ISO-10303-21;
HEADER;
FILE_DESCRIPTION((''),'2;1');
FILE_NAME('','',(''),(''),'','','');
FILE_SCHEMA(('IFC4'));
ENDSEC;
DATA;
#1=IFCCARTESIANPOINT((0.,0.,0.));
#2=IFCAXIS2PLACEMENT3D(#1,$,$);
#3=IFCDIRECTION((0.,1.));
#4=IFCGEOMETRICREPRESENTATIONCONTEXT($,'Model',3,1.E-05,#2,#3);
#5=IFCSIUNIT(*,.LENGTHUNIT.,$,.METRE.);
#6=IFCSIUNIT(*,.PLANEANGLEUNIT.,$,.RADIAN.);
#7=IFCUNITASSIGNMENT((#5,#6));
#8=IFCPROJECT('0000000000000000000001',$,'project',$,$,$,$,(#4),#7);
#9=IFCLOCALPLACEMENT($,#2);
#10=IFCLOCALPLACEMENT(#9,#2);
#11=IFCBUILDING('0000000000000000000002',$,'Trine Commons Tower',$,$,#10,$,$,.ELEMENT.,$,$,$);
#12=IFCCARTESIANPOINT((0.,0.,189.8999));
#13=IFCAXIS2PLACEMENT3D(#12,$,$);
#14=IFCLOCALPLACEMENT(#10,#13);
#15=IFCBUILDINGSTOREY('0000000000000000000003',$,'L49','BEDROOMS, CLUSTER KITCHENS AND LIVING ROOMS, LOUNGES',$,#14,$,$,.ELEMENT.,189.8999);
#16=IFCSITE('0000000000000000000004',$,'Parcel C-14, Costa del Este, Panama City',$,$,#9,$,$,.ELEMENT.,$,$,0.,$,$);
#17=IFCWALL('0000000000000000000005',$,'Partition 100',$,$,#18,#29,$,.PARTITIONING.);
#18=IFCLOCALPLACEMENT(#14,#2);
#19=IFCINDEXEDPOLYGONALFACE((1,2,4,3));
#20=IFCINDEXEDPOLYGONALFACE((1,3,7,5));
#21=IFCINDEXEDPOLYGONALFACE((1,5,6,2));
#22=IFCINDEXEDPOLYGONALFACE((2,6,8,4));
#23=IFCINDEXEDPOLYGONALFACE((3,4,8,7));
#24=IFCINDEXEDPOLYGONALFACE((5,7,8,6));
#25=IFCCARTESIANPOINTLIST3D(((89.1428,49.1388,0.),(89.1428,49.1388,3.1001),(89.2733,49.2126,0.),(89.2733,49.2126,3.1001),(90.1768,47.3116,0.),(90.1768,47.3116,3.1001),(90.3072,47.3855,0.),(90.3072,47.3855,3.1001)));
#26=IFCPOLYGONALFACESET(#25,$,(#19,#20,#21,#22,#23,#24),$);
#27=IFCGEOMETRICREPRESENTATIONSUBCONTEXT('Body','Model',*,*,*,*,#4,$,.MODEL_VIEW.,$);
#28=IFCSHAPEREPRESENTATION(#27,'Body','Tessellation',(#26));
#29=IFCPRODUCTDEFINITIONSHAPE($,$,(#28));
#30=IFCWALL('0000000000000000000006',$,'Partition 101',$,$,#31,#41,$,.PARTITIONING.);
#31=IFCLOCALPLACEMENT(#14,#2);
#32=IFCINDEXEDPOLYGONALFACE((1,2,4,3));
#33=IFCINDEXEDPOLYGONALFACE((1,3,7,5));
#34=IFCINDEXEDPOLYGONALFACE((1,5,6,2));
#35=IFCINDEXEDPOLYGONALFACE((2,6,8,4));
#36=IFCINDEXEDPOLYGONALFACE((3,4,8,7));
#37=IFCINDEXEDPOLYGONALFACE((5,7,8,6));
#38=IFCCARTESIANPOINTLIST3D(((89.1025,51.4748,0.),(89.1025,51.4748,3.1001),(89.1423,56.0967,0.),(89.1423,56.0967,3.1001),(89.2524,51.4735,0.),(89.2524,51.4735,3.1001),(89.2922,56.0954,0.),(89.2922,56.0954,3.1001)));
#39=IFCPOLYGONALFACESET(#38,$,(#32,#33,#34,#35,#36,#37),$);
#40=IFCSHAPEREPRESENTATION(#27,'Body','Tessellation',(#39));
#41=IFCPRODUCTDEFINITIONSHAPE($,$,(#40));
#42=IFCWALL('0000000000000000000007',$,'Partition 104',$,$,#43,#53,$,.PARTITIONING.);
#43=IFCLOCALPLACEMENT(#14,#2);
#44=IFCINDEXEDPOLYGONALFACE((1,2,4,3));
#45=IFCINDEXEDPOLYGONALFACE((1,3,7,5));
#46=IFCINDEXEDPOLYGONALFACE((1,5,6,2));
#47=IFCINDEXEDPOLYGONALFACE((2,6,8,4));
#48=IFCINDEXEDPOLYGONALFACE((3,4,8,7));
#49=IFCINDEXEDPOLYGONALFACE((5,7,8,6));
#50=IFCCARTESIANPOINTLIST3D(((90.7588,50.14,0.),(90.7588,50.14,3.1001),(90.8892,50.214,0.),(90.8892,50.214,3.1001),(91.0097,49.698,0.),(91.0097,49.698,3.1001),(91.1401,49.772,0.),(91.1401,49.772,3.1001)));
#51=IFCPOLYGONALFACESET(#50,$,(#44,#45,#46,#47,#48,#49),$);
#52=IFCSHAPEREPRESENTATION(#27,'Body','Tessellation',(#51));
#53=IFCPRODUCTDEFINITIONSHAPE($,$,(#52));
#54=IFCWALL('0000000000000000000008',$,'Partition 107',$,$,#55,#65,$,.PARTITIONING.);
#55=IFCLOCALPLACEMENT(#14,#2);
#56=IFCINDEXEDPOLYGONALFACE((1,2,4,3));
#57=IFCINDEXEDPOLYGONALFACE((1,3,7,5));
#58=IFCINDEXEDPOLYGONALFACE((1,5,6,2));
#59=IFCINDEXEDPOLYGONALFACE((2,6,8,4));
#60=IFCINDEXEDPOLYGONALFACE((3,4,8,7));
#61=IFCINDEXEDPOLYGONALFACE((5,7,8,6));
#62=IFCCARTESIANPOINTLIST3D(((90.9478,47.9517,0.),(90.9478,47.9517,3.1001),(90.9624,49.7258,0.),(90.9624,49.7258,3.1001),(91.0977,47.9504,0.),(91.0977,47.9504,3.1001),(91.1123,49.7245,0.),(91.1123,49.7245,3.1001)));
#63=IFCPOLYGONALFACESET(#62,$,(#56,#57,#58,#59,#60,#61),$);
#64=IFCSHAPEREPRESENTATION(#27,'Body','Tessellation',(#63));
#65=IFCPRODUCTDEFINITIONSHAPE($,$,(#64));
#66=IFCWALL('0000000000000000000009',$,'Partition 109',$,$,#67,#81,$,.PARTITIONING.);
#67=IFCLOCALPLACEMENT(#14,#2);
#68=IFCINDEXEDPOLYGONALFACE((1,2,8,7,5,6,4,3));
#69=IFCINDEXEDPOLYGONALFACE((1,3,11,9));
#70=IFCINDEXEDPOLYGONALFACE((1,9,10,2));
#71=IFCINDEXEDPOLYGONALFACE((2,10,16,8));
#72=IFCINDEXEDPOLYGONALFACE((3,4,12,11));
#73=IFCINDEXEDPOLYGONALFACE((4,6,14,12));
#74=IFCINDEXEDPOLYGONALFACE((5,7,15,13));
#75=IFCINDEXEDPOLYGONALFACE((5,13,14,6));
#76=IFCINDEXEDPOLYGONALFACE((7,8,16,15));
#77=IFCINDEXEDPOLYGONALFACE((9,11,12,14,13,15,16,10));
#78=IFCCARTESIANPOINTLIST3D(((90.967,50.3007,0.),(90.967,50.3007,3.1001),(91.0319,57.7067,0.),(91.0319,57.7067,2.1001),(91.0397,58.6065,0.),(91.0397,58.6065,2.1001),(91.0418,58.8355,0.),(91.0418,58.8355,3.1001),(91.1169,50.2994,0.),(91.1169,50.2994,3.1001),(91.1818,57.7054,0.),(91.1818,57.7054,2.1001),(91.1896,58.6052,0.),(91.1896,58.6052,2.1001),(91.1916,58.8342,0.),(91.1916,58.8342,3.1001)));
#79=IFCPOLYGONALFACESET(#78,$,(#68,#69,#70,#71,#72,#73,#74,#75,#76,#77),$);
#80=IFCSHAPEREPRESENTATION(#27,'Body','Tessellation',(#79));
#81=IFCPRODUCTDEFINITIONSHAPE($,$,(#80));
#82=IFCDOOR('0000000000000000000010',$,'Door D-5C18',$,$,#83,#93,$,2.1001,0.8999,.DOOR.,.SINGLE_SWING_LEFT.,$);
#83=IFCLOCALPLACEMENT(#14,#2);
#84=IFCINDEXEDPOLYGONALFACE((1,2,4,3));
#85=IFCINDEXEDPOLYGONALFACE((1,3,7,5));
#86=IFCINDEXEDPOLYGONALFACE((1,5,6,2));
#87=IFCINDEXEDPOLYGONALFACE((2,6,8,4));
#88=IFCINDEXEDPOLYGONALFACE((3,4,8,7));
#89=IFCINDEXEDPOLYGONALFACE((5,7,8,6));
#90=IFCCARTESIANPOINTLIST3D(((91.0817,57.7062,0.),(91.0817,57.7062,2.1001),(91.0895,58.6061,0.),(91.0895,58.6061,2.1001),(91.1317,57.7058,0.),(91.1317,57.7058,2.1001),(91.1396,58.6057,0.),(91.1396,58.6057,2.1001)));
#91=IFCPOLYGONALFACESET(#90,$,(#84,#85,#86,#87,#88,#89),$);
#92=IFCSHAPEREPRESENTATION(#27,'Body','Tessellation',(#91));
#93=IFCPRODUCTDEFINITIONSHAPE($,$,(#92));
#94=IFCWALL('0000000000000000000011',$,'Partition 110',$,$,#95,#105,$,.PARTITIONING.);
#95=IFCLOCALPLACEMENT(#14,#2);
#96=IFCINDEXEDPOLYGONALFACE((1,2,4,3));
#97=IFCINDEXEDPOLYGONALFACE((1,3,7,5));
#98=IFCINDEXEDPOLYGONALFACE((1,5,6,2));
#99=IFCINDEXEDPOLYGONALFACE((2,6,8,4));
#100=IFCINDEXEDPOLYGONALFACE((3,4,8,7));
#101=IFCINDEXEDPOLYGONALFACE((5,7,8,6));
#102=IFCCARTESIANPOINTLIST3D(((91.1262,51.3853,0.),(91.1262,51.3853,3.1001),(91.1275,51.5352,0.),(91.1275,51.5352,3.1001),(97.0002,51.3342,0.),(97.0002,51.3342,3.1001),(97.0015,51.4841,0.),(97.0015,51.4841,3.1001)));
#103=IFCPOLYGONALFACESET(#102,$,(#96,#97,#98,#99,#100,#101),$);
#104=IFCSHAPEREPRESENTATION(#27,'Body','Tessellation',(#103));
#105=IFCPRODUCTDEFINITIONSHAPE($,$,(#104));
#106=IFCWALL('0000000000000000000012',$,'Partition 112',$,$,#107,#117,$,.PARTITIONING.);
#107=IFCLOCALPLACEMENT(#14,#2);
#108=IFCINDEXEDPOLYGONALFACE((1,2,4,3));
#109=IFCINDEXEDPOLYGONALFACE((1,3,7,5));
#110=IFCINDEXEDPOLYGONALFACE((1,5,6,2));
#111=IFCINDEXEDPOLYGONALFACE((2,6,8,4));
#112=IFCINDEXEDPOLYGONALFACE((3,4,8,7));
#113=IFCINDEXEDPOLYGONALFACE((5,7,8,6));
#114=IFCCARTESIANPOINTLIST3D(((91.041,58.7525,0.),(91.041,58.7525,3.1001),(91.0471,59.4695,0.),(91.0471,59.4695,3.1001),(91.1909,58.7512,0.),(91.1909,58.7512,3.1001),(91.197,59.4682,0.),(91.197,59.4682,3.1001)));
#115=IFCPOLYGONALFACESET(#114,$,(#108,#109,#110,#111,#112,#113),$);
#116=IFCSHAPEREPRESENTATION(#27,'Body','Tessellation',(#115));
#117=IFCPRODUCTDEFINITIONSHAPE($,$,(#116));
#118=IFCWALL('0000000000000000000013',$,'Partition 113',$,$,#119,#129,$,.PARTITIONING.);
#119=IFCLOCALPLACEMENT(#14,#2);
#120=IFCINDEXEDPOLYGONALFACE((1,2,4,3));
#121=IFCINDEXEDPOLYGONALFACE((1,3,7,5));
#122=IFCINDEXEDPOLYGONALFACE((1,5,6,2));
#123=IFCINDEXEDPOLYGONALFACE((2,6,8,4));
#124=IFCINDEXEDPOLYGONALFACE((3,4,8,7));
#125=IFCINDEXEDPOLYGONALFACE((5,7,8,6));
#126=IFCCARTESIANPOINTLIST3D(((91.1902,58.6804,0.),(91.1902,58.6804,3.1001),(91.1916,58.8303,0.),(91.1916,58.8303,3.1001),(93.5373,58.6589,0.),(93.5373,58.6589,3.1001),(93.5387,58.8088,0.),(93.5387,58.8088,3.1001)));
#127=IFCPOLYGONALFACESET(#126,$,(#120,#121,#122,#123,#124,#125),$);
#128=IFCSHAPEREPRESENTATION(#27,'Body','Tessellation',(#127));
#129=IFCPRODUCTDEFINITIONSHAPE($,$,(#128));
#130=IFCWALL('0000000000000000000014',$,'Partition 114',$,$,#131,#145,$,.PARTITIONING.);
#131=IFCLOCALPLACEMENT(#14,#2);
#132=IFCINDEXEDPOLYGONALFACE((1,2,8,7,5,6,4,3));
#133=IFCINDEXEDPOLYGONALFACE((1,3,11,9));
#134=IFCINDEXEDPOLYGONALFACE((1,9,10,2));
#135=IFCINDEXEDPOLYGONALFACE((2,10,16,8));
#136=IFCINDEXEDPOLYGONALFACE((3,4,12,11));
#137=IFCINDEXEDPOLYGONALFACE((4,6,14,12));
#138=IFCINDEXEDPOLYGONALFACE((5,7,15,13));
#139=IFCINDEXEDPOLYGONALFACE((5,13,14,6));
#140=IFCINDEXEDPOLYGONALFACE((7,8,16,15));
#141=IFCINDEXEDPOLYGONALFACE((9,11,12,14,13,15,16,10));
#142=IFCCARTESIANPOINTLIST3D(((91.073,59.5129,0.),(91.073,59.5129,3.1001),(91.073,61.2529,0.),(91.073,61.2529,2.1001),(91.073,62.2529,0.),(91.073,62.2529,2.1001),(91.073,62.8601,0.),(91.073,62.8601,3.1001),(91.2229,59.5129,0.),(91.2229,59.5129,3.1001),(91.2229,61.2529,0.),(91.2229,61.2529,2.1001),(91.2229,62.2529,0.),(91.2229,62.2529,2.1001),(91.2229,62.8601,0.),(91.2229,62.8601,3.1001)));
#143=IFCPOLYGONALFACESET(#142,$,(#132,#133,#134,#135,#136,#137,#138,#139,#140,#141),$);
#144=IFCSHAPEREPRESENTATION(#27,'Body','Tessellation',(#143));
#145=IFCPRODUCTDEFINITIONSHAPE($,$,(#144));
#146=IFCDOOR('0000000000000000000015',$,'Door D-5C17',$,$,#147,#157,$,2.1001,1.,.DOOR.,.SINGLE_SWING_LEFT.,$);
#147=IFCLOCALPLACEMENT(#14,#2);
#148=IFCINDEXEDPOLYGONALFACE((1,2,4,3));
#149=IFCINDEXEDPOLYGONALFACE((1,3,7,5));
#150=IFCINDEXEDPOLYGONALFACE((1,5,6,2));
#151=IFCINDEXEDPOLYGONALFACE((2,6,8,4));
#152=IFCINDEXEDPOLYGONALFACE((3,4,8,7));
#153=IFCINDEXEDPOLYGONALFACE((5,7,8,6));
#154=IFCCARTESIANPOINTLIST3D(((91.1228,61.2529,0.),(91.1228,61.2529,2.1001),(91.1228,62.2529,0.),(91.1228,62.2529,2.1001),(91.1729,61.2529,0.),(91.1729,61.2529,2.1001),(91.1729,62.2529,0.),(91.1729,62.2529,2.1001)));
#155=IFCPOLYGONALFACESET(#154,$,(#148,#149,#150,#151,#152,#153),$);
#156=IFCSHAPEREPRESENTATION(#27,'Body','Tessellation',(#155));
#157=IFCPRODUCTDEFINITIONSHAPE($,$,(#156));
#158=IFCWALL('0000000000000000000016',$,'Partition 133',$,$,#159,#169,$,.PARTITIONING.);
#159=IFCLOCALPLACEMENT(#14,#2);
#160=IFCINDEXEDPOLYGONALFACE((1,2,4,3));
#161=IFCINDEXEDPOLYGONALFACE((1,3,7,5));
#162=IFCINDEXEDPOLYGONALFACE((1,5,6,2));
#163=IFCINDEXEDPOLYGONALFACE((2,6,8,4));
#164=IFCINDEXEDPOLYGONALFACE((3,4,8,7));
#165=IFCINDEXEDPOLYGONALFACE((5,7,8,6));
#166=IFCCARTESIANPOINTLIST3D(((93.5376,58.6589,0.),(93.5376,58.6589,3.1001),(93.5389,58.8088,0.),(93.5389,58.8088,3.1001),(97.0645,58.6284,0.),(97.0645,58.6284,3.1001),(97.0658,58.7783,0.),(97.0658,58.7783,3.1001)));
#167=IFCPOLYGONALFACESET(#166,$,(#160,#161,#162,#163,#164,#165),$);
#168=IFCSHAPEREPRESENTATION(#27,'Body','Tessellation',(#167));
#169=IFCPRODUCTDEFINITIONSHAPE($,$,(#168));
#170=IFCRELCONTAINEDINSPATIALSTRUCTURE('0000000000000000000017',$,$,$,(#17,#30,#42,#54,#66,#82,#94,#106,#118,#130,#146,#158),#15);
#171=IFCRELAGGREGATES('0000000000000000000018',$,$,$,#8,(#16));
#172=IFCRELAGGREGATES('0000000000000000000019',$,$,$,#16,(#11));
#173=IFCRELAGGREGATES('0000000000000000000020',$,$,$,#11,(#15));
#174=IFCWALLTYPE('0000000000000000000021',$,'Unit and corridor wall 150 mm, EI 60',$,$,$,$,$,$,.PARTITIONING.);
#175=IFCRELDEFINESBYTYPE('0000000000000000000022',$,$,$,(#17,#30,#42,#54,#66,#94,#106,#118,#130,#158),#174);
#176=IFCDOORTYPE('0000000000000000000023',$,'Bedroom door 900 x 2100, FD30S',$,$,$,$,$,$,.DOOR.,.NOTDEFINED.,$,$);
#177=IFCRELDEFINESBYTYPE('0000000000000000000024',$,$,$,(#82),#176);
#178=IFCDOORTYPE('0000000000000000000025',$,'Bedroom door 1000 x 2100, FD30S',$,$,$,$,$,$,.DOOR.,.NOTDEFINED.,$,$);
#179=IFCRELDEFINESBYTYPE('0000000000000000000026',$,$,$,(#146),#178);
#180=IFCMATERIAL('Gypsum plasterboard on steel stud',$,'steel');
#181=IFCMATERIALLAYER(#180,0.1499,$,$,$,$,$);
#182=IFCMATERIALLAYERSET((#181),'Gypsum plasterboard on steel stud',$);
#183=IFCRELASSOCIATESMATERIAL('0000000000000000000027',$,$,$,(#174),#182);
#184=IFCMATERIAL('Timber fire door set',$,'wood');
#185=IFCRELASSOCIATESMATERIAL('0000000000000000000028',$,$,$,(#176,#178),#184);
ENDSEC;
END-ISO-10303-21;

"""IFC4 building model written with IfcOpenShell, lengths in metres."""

from ifc_helpers import new_model, si_unit, direction, frame, frame_2d, origin, place, context, subcontext, project, spatial, rectangle, extrude, material, layer, layer_set, type_object, element, fill, save


model = new_model("IFC4")

# Units and contexts
model_context = context("Model", 3, precision=1e-05, world=origin(), true_north=direction((0.0, 1.0)))
body_context = subcontext(model_context, "Body", "Model", "MODEL_VIEW")
ifc_project = project(units=[si_unit("LENGTHUNIT", "METRE"), si_unit("PLANEANGLEUNIT", "RADIAN")], contexts=[model_context])

# Site, building, storey
site_placement = place(None, origin())
site = spatial("IfcSite", under=ifc_project, at=site_placement, Name="Parcel C-14, Costa del Este, Panama City", CompositionType="ELEMENT", RefElevation=0.0)
building_placement = place(site_placement, origin())
building = spatial("IfcBuilding", under=site, at=building_placement, Name="Trine Commons Tower", CompositionType="ELEMENT")
storey_placement = place(building_placement, frame((0.0, 0.0, 189.8999)))
storey = spatial("IfcBuildingStorey", under=building, at=storey_placement, Name="L49", Description="BEDROOMS, CLUSTER KITCHENS AND LIVING ROOMS, LOUNGES", CompositionType="ELEMENT", Elevation=189.8999)

# Shared definitions
ifc_material_1 = material(Name="Gypsum plasterboard on steel stud", Category="steel")
ifc_layer_1 = layer(ifc_material_1, 0.1499)
ifc_layer_set_1 = layer_set([ifc_layer_1], Name="Gypsum plasterboard on steel stud")
wall_type_1 = type_object("IfcWallType", Name="Unit and corridor wall 150 mm, EI 60", PredefinedType="PARTITIONING", material=ifc_layer_set_1)

# Walls
wall_1_placement = place(storey_placement, frame((89.208, 49.1758, 0.0), z_axis=(0.0, 0.0, 1.0), x_axis=(0.49249, -0.870318, 0.0)))
element("IfcWall", 1, at=wall_1_placement, inside=storey, type_object=wall_type_1, Name="Partition 100", PredefinedType="PARTITIONING", context=body_context, shape_type="SweptSolid", body=[
    extrude(rectangle(XDim=2.0994, YDim=0.1499, at=frame_2d((1.0498, 0.0))), origin(), (0.0, 0.0, 1.0), 3.1001),
])
wall_2_placement = place(storey_placement, frame((89.1775, 51.4741, 0.0), z_axis=(0.0, 0.0, 1.0), x_axis=(0.00861, 0.999963, 0.0)))
element("IfcWall", 2, at=wall_2_placement, inside=storey, type_object=wall_type_1, Name="Partition 101", PredefinedType="PARTITIONING", context=body_context, shape_type="SweptSolid", body=[
    extrude(rectangle(XDim=4.6221, YDim=0.1499, at=frame_2d((2.311, 0.0))), origin(), (0.0, 0.0, 1.0), 3.1001),
])
wall_3_placement = place(storey_placement, frame((90.824, 50.177, 0.0), z_axis=(0.0, 0.0, 1.0), x_axis=(0.493655, -0.869658, 0.0)))
element("IfcWall", 3, at=wall_3_placement, inside=storey, type_object=wall_type_1, Name="Partition 104", PredefinedType="PARTITIONING", context=body_context, shape_type="SweptSolid", body=[
    extrude(rectangle(XDim=0.5083, YDim=0.1499, at=frame_2d((0.2542, 0.0))), origin(), (0.0, 0.0, 1.0), 3.1001),
])
wall_4_placement = place(storey_placement, frame((91.0227, 47.9509, 0.0), z_axis=(0.0, 0.0, 1.0), x_axis=(0.008256, 0.999966, 0.0)))
element("IfcWall", 4, at=wall_4_placement, inside=storey, type_object=wall_type_1, Name="Partition 107", PredefinedType="PARTITIONING", context=body_context, shape_type="SweptSolid", body=[
    extrude(rectangle(XDim=1.7742, YDim=0.1499, at=frame_2d((0.8872, 0.0))), origin(), (0.0, 0.0, 1.0), 3.1001),
])

# Wall, opening, door
wall_5_placement = place(storey_placement, frame((91.042, 50.3, 0.0), z_axis=(0.0, 0.0, 1.0), x_axis=(0.008753, 0.999962, 0.0)))
wall_5 = element("IfcWall", 5, at=wall_5_placement, inside=storey, type_object=wall_type_1, Name="Partition 109", PredefinedType="PARTITIONING", context=body_context, shape_type="SweptSolid", body=[
    extrude(rectangle(XDim=8.5352, YDim=0.1499, at=frame_2d((4.2676, 0.0))), origin(), (0.0, 0.0, 1.0), 3.1001),
])
opening_1_placement = place(wall_5_placement, frame((7.4062, 0.0, 0.0)))
opening_1 = element("IfcOpeningElement", 6, at=opening_1_placement, cuts=wall_5, PredefinedType="OPENING", context=body_context, shape_type="SweptSolid", body=[
    extrude(rectangle(XDim=0.8999, YDim=2.1001, at=frame_2d((0.45, 1.05))), frame((0.0, 0.085, 0.0), z_axis=(0.0, -1.0, 0.0), x_axis=(1.0, 0.0, 0.0)), (0.0, 0.0, 1.0), 0.1699),
])
ifc_material_2 = material(Name="Timber fire door set", Category="wood")
door_type_1 = type_object("IfcDoorType", Name="Bedroom door 900 x 2100, FD30S", OperationType="NOTDEFINED", PredefinedType="DOOR", material=ifc_material_2)
door_1_placement = place(opening_1_placement, frame((0.8999, 0.0, 0.0), z_axis=(0.0, 0.0, 1.0), x_axis=(-1.0, 0.0, 0.0)))
door_1 = element("IfcDoor", 7, at=door_1_placement, inside=storey, type_object=door_type_1, Name="Door D-5C18", OperationType="SINGLE_SWING_LEFT", OverallHeight=2.1001, OverallWidth=0.8999, PredefinedType="DOOR", context=body_context, shape_type="SweptSolid", body=[
    extrude(rectangle(XDim=0.8999, YDim=2.1001, at=frame_2d((0.45, 1.05))), frame((0.0, 0.0249, 0.0), z_axis=(0.0, -1.0, 0.0), x_axis=(1.0, 0.0, 0.0)), (0.0, 0.0, 1.0), 0.05),
])
fill(opening_1, door_1)

# Walls
wall_6_placement = place(storey_placement, frame((91.127, 51.4602, 0.0), z_axis=(0.0, 0.0, 1.0), x_axis=(0.999962, -0.008686, 0.0)))
element("IfcWall", 8, at=wall_6_placement, inside=storey, type_object=wall_type_1, Name="Partition 110", PredefinedType="PARTITIONING", context=body_context, shape_type="SweptSolid", body=[
    extrude(rectangle(XDim=5.8743, YDim=0.1499, at=frame_2d((2.937, 0.0))), origin(), (0.0, 0.0, 1.0), 3.1001),
])
wall_7_placement = place(storey_placement, frame((91.116, 58.752, 0.0), z_axis=(0.0, 0.0, 1.0), x_axis=(0.008512, 0.999964, 0.0)))
element("IfcWall", 9, at=wall_7_placement, inside=storey, type_object=wall_type_1, Name="Partition 112", PredefinedType="PARTITIONING", context=body_context, shape_type="SweptSolid", body=[
    extrude(rectangle(XDim=0.717, YDim=0.1499, at=frame_2d((0.3584, 0.0))), origin(), (0.0, 0.0, 1.0), 3.1001),
])
wall_8_placement = place(storey_placement, frame((91.1909, 58.7554, 0.0), z_axis=(0.0, 0.0, 1.0), x_axis=(0.999958, -0.009153, 0.0)))
element("IfcWall", 10, at=wall_8_placement, inside=storey, type_object=wall_type_1, Name="Partition 113", PredefinedType="PARTITIONING", context=body_context, shape_type="SweptSolid", body=[
    extrude(rectangle(XDim=2.3472, YDim=0.1499, at=frame_2d((1.1736, 0.0))), origin(), (0.0, 0.0, 1.0), 3.1001),
])

# Wall, opening, door
wall_9_placement = place(storey_placement, frame((91.1479, 59.5129, 0.0), z_axis=(0.0, 0.0, 1.0), x_axis=(0.0, 1.0, 0.0)))
wall_9 = element("IfcWall", 11, at=wall_9_placement, inside=storey, type_object=wall_type_1, Name="Partition 114", PredefinedType="PARTITIONING", context=body_context, shape_type="SweptSolid", body=[
    extrude(rectangle(XDim=3.3472, YDim=0.1499, at=frame_2d((1.6736, 0.0))), origin(), (0.0, 0.0, 1.0), 3.1001),
])
opening_2_placement = place(wall_9_placement, frame((1.74, 0.0, 0.0)))
opening_2 = element("IfcOpeningElement", 12, at=opening_2_placement, cuts=wall_9, PredefinedType="OPENING", context=body_context, shape_type="SweptSolid", body=[
    extrude(rectangle(XDim=1.0, YDim=2.1001, at=frame_2d((0.5, 1.05))), frame((0.0, 0.085, 0.0), z_axis=(0.0, -1.0, 0.0), x_axis=(1.0, 0.0, 0.0)), (0.0, 0.0, 1.0), 0.1699),
])
door_type_2 = type_object("IfcDoorType", Name="Bedroom door 1000 x 2100, FD30S", OperationType="NOTDEFINED", PredefinedType="DOOR", material=ifc_material_2)
door_2_placement = place(opening_2_placement, frame((1.0, 0.0, 0.0), z_axis=(0.0, 0.0, 1.0), x_axis=(-1.0, 0.0, 0.0)))
door_2 = element("IfcDoor", 13, at=door_2_placement, inside=storey, type_object=door_type_2, Name="Door D-5C17", OperationType="SINGLE_SWING_LEFT", OverallHeight=2.1001, OverallWidth=1.0, PredefinedType="DOOR", context=body_context, shape_type="SweptSolid", body=[
    extrude(rectangle(XDim=1.0, YDim=2.1001, at=frame_2d((0.5, 1.05))), frame((0.0, 0.0249, 0.0), z_axis=(0.0, -1.0, 0.0), x_axis=(1.0, 0.0, 0.0)), (0.0, 0.0, 1.0), 0.05),
])
fill(opening_2, door_2)

# Wall
wall_10_placement = place(storey_placement, frame((93.5381, 58.7339, 0.0), z_axis=(0.0, 0.0, 1.0), x_axis=(0.999963, -0.008653, 0.0)))
element("IfcWall", 14, at=wall_10_placement, inside=storey, type_object=wall_type_1, Name="Partition 133", PredefinedType="PARTITIONING", context=body_context, shape_type="SweptSolid", body=[
    extrude(rectangle(XDim=3.5271, YDim=0.1499, at=frame_2d((1.7637, 0.0))), origin(), (0.0, 0.0, 1.0), 3.1001),
])

save(model, "model.ifc")
